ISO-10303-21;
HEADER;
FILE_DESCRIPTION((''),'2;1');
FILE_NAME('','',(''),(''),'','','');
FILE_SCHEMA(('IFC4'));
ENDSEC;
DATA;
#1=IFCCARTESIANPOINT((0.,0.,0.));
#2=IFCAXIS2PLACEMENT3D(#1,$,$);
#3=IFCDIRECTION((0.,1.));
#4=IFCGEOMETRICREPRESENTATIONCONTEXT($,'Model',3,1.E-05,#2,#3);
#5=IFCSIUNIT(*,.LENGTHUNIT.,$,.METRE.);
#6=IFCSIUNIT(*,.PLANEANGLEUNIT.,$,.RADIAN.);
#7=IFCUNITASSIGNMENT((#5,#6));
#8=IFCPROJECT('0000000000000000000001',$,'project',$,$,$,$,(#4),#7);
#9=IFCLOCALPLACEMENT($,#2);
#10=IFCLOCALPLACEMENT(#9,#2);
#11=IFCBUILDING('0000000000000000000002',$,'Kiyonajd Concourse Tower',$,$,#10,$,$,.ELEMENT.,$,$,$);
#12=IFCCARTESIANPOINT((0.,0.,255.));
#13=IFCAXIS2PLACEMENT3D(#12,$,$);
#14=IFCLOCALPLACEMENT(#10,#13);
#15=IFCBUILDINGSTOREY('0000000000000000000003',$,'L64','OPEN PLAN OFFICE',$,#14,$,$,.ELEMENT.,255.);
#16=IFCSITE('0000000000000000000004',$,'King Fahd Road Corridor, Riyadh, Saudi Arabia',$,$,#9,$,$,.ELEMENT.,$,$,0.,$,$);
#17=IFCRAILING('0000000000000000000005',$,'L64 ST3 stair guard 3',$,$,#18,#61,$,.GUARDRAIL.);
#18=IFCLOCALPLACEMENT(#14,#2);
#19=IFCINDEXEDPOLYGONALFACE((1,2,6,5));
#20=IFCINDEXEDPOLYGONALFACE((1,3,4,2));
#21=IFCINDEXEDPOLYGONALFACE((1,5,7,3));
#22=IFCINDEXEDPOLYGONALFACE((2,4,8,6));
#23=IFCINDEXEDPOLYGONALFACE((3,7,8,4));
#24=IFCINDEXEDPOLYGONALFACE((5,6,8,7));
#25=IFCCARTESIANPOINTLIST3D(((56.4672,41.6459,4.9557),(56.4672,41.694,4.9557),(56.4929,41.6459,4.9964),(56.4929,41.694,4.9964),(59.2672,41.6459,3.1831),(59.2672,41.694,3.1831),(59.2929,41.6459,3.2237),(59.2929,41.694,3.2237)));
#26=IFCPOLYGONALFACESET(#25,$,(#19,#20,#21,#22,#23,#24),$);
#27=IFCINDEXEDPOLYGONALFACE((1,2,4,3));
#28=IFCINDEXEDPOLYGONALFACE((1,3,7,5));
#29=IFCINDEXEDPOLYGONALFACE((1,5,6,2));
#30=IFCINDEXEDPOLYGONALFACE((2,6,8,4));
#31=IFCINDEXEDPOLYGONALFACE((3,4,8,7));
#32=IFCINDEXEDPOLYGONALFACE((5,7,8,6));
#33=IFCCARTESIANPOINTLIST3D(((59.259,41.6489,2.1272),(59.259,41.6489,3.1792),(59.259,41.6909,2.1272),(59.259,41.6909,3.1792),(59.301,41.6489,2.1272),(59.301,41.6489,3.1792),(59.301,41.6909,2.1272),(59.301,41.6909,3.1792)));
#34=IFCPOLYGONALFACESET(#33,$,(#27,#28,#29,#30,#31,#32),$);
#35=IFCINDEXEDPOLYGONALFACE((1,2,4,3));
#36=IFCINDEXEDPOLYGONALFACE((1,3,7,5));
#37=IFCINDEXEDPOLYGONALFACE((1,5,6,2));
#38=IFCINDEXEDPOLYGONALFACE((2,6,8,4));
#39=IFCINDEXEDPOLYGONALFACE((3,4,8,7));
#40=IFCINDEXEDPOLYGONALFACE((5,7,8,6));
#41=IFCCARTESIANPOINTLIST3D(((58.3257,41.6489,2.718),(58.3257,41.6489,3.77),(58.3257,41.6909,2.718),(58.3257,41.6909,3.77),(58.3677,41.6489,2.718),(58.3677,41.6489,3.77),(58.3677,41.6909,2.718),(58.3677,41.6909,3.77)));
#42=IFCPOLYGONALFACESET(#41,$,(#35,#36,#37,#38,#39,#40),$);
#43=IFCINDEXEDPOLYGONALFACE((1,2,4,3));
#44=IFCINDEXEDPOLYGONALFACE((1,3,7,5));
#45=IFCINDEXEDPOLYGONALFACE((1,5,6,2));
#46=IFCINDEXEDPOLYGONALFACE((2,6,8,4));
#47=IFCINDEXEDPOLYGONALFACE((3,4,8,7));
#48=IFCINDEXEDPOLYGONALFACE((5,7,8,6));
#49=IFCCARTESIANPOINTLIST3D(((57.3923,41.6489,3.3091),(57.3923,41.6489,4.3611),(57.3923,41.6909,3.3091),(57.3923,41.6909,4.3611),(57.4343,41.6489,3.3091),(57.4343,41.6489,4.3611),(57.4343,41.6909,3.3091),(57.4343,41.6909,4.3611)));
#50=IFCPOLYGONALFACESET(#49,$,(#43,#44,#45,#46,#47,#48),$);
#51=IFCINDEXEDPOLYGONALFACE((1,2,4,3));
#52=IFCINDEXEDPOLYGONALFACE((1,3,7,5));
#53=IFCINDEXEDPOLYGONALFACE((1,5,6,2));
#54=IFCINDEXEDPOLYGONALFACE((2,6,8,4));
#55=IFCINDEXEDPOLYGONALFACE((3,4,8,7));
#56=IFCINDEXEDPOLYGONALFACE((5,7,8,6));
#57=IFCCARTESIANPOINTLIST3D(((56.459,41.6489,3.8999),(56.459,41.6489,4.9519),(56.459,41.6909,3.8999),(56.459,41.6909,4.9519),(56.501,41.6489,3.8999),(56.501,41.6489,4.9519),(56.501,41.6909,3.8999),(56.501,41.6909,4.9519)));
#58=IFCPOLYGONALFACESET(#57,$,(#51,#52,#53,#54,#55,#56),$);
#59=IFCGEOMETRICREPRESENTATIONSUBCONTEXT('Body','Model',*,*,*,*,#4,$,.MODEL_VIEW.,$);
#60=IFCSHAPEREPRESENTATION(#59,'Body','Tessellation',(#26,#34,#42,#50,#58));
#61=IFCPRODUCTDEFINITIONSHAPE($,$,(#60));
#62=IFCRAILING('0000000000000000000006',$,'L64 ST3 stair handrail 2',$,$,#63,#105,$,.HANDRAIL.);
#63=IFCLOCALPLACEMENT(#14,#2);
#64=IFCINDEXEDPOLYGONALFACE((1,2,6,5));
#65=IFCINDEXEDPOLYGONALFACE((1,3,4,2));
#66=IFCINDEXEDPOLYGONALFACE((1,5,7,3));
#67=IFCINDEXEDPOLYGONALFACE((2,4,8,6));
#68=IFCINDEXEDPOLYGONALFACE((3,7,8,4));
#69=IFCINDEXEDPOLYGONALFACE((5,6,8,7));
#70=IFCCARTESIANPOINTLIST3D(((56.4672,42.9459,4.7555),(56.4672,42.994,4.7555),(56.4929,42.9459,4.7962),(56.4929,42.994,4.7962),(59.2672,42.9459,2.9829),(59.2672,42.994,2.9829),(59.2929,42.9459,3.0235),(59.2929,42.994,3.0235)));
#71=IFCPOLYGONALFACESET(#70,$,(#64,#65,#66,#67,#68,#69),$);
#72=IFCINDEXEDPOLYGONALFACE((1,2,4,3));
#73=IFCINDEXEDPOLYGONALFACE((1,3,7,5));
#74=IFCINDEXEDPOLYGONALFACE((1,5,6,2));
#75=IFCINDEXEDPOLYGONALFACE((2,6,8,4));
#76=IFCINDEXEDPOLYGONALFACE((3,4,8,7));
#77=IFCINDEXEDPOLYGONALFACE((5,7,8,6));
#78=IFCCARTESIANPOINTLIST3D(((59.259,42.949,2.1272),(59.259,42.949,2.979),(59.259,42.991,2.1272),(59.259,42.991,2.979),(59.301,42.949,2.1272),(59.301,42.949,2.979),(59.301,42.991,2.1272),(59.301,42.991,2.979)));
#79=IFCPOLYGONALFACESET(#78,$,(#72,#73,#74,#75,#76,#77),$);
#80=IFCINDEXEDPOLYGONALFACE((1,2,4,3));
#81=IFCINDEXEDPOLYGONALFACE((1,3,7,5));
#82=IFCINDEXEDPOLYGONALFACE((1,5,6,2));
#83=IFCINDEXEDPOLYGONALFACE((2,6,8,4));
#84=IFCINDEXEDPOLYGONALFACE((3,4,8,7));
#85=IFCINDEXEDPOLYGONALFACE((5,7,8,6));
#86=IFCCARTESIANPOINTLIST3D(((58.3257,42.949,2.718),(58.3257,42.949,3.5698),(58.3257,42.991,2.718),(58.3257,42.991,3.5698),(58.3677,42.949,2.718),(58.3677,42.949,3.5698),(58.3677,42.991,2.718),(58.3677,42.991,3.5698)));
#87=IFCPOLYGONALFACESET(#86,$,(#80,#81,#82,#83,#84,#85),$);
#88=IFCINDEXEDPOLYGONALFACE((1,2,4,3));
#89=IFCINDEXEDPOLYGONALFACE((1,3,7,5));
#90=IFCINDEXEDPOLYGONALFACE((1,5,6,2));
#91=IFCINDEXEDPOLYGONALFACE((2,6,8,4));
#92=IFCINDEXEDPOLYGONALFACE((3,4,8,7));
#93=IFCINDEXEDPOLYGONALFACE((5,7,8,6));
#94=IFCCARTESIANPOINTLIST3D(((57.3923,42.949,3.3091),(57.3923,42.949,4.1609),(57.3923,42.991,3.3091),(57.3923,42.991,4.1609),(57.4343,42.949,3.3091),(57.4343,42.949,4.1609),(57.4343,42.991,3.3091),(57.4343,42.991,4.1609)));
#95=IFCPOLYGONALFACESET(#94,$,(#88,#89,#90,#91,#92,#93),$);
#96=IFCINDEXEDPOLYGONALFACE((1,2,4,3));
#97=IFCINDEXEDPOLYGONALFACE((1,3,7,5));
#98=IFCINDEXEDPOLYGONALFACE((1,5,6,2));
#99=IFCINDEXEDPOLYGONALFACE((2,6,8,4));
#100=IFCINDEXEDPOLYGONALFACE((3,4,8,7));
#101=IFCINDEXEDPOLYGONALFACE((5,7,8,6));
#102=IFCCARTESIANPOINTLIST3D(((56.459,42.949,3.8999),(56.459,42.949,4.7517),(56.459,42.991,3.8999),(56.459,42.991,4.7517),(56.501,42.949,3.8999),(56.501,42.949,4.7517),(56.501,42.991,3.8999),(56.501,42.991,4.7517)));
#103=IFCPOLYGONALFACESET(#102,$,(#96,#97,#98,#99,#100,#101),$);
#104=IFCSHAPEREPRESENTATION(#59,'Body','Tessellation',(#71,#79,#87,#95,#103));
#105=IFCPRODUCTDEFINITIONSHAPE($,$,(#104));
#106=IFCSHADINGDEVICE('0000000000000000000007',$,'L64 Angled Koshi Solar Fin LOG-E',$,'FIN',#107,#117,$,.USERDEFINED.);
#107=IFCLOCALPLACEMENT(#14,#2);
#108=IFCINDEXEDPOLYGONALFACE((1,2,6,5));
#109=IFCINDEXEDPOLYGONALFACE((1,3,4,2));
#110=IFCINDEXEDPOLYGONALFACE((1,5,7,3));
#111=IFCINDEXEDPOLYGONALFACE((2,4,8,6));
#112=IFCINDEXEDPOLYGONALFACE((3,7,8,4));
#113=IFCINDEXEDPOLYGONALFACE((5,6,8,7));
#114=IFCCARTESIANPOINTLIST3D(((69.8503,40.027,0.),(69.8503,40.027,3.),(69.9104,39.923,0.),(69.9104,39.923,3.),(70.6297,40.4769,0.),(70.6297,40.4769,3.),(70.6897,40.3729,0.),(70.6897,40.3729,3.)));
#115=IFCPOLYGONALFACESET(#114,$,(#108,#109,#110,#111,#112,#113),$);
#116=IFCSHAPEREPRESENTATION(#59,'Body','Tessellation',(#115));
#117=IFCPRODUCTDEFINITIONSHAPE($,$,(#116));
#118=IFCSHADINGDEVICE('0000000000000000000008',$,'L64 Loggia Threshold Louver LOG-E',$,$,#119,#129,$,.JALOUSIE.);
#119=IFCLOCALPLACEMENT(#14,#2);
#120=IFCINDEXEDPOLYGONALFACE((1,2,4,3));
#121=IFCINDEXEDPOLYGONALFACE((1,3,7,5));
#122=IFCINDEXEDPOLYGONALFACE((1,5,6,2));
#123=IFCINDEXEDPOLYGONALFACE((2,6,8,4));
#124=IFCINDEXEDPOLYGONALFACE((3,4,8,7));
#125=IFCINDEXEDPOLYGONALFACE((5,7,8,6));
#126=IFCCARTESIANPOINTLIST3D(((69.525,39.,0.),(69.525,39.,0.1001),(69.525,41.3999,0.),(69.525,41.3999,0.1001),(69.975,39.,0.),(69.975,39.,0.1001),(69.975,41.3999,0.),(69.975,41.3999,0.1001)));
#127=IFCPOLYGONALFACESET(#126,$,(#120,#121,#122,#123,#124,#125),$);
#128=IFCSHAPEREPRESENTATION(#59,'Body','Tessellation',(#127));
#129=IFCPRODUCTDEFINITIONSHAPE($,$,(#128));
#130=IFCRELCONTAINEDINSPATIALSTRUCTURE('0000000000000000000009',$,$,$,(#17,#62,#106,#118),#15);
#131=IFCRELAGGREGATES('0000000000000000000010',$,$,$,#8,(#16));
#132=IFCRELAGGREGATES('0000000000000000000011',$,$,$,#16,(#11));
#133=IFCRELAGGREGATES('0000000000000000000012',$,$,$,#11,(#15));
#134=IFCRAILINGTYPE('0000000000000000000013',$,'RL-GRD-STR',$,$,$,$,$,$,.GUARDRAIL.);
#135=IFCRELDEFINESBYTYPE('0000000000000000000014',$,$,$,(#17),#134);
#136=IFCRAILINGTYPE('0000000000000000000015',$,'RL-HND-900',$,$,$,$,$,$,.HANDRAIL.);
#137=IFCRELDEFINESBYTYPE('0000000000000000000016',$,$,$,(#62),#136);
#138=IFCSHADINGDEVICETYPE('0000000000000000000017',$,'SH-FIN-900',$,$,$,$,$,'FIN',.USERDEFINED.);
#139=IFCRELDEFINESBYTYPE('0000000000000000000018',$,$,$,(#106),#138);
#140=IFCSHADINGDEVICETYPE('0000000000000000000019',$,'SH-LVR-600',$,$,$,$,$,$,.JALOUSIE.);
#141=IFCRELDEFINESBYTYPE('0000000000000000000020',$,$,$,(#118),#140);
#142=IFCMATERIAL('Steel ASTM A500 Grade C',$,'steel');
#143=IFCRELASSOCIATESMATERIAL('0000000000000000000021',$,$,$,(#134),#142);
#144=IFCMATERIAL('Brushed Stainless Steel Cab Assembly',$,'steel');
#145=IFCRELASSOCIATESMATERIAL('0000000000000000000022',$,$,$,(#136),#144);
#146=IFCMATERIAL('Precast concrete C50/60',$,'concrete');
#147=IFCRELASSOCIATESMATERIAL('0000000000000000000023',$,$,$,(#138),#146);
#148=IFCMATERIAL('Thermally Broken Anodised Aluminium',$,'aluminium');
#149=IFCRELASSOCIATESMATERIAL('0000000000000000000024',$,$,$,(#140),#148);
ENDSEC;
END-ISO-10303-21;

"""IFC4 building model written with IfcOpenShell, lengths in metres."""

from ifc_helpers import new_model, si_unit, direction, frame, origin, origin_2d, place, context, subcontext, project, spatial, rectangle, extrude, material, type_object, element, save


model = new_model("IFC4")

# Units and contexts
model_context = context("Model", 3, precision=1e-05, world=origin(), true_north=direction((0.0, 1.0)))
body_context = subcontext(model_context, "Body", "Model", "MODEL_VIEW")
ifc_project = project(units=[si_unit("LENGTHUNIT", "METRE"), si_unit("PLANEANGLEUNIT", "RADIAN")], contexts=[model_context])

# Site, building, storey
site_placement = place(None, origin())
site = spatial("IfcSite", under=ifc_project, at=site_placement, Name="King Fahd Road Corridor, Riyadh, Saudi Arabia", CompositionType="ELEMENT", RefElevation=0.0)
building_placement = place(site_placement, origin())
building = spatial("IfcBuilding", under=site, at=building_placement, Name="Kiyonajd Concourse Tower", CompositionType="ELEMENT")
storey_placement = place(building_placement, frame((0.0, 0.0, 255.0)))
storey = spatial("IfcBuildingStorey", under=building, at=storey_placement, Name="L64", Description="OPEN PLAN OFFICE", CompositionType="ELEMENT", Elevation=255.0)

# Shared definitions
ifc_material_1 = material(Name="Thermally Broken Anodised Aluminium", Category="aluminium")

# Shared definitions
ifc_material_2 = material(Name="Precast concrete C50/60", Category="concrete")

# Railings
ifc_material_3 = material(Name="Steel ASTM A500 Grade C", Category="steel")
railing_type_1 = type_object("IfcRailingType", Name="RL-GRD-STR", PredefinedType="GUARDRAIL", material=ifc_material_3)
railing_1_placement = place(storey_placement, frame((59.28, 41.6699, 2.1272)))
element("IfcRailing", 1, at=railing_1_placement, inside=storey, type_object=railing_type_1, Name="L64 ST3 stair guard 3", PredefinedType="GUARDRAIL", context=body_context, shape_type="SweptSolid", body=[
    extrude(rectangle(XDim=0.0481, YDim=0.0481, at=origin_2d()), frame((0.0, 0.0, 1.0762), z_axis=(-0.844909, 0.0, 0.53491), x_axis=(0.0, -1.0, 0.0)), (0.0, 0.0, 1.0), 3.314),
    extrude(rectangle(XDim=0.042, YDim=0.042, at=origin_2d()), origin(), (0.0, 0.0, 1.0), 1.052),
    extrude(rectangle(XDim=0.042, YDim=0.042, at=origin_2d()), frame((-0.9333, 0.0, 0.5908)), (0.0, 0.0, 1.0), 1.052),
    extrude(rectangle(XDim=0.042, YDim=0.042, at=origin_2d()), frame((-1.8667, 0.0, 1.1819)), (0.0, 0.0, 1.0), 1.052),
    extrude(rectangle(XDim=0.042, YDim=0.042, at=origin_2d()), frame((-2.8, 0.0, 1.7727)), (0.0, 0.0, 1.0), 1.052),
])
ifc_material_4 = material(Name="Brushed Stainless Steel Cab Assembly", Category="steel")
railing_type_2 = type_object("IfcRailingType", Name="RL-HND-900", PredefinedType="HANDRAIL", material=ifc_material_4)
railing_2_placement = place(storey_placement, frame((59.28, 42.97, 2.1272)))
element("IfcRailing", 2, at=railing_2_placement, inside=storey, type_object=railing_type_2, Name="L64 ST3 stair handrail 2", PredefinedType="HANDRAIL", context=body_context, shape_type="SweptSolid", body=[
    extrude(rectangle(XDim=0.0481, YDim=0.0481, at=origin_2d()), frame((0.0, 0.0, 0.876), z_axis=(-0.844909, 0.0, 0.53491), x_axis=(0.0, -1.0, 0.0)), (0.0, 0.0, 1.0), 3.314),
    extrude(rectangle(XDim=0.042, YDim=0.042, at=origin_2d()), origin(), (0.0, 0.0, 1.0), 0.8518),
    extrude(rectangle(XDim=0.042, YDim=0.042, at=origin_2d()), frame((-0.9333, 0.0, 0.5908)), (0.0, 0.0, 1.0), 0.8518),
    extrude(rectangle(XDim=0.042, YDim=0.042, at=origin_2d()), frame((-1.8667, 0.0, 1.1819)), (0.0, 0.0, 1.0), 0.8518),
    extrude(rectangle(XDim=0.042, YDim=0.042, at=origin_2d()), frame((-2.8, 0.0, 1.7727)), (0.0, 0.0, 1.0), 0.8518),
])

# Shading devices
shading_device_type_1 = type_object("IfcShadingDeviceType", Name="SH-FIN-900", ElementType="FIN", PredefinedType="USERDEFINED", material=ifc_material_2)
shading_device_1_placement = place(storey_placement, frame((70.27, 40.2, 0.0), z_axis=(0.0, 0.0, 1.0), x_axis=(0.866025, 0.5, 0.0)))
element("IfcShadingDevice", 3, at=shading_device_1_placement, inside=storey, type_object=shading_device_type_1, Name="L64 Angled Koshi Solar Fin LOG-E", ObjectType="FIN", PredefinedType="USERDEFINED", context=body_context, shape_type="SweptSolid", body=[
    extrude(rectangle(XDim=0.8999, YDim=0.1201, at=origin_2d()), origin(), (0.0, 0.0, 1.0), 3.0),
])
shading_device_type_2 = type_object("IfcShadingDeviceType", Name="SH-LVR-600", PredefinedType="JALOUSIE", material=ifc_material_1)
shading_device_2_placement = place(storey_placement, frame((69.75, 40.2, 0.0), z_axis=(0.0, 0.0, 1.0), x_axis=(0.0, 1.0, 0.0)))
element("IfcShadingDevice", 4, at=shading_device_2_placement, inside=storey, type_object=shading_device_type_2, Name="L64 Loggia Threshold Louver LOG-E", PredefinedType="JALOUSIE", context=body_context, shape_type="SweptSolid", body=[
    extrude(rectangle(XDim=2.3999, YDim=0.45, at=origin_2d()), origin(), (0.0, 0.0, 1.0), 0.1001),
])

save(model, "model.ifc")
